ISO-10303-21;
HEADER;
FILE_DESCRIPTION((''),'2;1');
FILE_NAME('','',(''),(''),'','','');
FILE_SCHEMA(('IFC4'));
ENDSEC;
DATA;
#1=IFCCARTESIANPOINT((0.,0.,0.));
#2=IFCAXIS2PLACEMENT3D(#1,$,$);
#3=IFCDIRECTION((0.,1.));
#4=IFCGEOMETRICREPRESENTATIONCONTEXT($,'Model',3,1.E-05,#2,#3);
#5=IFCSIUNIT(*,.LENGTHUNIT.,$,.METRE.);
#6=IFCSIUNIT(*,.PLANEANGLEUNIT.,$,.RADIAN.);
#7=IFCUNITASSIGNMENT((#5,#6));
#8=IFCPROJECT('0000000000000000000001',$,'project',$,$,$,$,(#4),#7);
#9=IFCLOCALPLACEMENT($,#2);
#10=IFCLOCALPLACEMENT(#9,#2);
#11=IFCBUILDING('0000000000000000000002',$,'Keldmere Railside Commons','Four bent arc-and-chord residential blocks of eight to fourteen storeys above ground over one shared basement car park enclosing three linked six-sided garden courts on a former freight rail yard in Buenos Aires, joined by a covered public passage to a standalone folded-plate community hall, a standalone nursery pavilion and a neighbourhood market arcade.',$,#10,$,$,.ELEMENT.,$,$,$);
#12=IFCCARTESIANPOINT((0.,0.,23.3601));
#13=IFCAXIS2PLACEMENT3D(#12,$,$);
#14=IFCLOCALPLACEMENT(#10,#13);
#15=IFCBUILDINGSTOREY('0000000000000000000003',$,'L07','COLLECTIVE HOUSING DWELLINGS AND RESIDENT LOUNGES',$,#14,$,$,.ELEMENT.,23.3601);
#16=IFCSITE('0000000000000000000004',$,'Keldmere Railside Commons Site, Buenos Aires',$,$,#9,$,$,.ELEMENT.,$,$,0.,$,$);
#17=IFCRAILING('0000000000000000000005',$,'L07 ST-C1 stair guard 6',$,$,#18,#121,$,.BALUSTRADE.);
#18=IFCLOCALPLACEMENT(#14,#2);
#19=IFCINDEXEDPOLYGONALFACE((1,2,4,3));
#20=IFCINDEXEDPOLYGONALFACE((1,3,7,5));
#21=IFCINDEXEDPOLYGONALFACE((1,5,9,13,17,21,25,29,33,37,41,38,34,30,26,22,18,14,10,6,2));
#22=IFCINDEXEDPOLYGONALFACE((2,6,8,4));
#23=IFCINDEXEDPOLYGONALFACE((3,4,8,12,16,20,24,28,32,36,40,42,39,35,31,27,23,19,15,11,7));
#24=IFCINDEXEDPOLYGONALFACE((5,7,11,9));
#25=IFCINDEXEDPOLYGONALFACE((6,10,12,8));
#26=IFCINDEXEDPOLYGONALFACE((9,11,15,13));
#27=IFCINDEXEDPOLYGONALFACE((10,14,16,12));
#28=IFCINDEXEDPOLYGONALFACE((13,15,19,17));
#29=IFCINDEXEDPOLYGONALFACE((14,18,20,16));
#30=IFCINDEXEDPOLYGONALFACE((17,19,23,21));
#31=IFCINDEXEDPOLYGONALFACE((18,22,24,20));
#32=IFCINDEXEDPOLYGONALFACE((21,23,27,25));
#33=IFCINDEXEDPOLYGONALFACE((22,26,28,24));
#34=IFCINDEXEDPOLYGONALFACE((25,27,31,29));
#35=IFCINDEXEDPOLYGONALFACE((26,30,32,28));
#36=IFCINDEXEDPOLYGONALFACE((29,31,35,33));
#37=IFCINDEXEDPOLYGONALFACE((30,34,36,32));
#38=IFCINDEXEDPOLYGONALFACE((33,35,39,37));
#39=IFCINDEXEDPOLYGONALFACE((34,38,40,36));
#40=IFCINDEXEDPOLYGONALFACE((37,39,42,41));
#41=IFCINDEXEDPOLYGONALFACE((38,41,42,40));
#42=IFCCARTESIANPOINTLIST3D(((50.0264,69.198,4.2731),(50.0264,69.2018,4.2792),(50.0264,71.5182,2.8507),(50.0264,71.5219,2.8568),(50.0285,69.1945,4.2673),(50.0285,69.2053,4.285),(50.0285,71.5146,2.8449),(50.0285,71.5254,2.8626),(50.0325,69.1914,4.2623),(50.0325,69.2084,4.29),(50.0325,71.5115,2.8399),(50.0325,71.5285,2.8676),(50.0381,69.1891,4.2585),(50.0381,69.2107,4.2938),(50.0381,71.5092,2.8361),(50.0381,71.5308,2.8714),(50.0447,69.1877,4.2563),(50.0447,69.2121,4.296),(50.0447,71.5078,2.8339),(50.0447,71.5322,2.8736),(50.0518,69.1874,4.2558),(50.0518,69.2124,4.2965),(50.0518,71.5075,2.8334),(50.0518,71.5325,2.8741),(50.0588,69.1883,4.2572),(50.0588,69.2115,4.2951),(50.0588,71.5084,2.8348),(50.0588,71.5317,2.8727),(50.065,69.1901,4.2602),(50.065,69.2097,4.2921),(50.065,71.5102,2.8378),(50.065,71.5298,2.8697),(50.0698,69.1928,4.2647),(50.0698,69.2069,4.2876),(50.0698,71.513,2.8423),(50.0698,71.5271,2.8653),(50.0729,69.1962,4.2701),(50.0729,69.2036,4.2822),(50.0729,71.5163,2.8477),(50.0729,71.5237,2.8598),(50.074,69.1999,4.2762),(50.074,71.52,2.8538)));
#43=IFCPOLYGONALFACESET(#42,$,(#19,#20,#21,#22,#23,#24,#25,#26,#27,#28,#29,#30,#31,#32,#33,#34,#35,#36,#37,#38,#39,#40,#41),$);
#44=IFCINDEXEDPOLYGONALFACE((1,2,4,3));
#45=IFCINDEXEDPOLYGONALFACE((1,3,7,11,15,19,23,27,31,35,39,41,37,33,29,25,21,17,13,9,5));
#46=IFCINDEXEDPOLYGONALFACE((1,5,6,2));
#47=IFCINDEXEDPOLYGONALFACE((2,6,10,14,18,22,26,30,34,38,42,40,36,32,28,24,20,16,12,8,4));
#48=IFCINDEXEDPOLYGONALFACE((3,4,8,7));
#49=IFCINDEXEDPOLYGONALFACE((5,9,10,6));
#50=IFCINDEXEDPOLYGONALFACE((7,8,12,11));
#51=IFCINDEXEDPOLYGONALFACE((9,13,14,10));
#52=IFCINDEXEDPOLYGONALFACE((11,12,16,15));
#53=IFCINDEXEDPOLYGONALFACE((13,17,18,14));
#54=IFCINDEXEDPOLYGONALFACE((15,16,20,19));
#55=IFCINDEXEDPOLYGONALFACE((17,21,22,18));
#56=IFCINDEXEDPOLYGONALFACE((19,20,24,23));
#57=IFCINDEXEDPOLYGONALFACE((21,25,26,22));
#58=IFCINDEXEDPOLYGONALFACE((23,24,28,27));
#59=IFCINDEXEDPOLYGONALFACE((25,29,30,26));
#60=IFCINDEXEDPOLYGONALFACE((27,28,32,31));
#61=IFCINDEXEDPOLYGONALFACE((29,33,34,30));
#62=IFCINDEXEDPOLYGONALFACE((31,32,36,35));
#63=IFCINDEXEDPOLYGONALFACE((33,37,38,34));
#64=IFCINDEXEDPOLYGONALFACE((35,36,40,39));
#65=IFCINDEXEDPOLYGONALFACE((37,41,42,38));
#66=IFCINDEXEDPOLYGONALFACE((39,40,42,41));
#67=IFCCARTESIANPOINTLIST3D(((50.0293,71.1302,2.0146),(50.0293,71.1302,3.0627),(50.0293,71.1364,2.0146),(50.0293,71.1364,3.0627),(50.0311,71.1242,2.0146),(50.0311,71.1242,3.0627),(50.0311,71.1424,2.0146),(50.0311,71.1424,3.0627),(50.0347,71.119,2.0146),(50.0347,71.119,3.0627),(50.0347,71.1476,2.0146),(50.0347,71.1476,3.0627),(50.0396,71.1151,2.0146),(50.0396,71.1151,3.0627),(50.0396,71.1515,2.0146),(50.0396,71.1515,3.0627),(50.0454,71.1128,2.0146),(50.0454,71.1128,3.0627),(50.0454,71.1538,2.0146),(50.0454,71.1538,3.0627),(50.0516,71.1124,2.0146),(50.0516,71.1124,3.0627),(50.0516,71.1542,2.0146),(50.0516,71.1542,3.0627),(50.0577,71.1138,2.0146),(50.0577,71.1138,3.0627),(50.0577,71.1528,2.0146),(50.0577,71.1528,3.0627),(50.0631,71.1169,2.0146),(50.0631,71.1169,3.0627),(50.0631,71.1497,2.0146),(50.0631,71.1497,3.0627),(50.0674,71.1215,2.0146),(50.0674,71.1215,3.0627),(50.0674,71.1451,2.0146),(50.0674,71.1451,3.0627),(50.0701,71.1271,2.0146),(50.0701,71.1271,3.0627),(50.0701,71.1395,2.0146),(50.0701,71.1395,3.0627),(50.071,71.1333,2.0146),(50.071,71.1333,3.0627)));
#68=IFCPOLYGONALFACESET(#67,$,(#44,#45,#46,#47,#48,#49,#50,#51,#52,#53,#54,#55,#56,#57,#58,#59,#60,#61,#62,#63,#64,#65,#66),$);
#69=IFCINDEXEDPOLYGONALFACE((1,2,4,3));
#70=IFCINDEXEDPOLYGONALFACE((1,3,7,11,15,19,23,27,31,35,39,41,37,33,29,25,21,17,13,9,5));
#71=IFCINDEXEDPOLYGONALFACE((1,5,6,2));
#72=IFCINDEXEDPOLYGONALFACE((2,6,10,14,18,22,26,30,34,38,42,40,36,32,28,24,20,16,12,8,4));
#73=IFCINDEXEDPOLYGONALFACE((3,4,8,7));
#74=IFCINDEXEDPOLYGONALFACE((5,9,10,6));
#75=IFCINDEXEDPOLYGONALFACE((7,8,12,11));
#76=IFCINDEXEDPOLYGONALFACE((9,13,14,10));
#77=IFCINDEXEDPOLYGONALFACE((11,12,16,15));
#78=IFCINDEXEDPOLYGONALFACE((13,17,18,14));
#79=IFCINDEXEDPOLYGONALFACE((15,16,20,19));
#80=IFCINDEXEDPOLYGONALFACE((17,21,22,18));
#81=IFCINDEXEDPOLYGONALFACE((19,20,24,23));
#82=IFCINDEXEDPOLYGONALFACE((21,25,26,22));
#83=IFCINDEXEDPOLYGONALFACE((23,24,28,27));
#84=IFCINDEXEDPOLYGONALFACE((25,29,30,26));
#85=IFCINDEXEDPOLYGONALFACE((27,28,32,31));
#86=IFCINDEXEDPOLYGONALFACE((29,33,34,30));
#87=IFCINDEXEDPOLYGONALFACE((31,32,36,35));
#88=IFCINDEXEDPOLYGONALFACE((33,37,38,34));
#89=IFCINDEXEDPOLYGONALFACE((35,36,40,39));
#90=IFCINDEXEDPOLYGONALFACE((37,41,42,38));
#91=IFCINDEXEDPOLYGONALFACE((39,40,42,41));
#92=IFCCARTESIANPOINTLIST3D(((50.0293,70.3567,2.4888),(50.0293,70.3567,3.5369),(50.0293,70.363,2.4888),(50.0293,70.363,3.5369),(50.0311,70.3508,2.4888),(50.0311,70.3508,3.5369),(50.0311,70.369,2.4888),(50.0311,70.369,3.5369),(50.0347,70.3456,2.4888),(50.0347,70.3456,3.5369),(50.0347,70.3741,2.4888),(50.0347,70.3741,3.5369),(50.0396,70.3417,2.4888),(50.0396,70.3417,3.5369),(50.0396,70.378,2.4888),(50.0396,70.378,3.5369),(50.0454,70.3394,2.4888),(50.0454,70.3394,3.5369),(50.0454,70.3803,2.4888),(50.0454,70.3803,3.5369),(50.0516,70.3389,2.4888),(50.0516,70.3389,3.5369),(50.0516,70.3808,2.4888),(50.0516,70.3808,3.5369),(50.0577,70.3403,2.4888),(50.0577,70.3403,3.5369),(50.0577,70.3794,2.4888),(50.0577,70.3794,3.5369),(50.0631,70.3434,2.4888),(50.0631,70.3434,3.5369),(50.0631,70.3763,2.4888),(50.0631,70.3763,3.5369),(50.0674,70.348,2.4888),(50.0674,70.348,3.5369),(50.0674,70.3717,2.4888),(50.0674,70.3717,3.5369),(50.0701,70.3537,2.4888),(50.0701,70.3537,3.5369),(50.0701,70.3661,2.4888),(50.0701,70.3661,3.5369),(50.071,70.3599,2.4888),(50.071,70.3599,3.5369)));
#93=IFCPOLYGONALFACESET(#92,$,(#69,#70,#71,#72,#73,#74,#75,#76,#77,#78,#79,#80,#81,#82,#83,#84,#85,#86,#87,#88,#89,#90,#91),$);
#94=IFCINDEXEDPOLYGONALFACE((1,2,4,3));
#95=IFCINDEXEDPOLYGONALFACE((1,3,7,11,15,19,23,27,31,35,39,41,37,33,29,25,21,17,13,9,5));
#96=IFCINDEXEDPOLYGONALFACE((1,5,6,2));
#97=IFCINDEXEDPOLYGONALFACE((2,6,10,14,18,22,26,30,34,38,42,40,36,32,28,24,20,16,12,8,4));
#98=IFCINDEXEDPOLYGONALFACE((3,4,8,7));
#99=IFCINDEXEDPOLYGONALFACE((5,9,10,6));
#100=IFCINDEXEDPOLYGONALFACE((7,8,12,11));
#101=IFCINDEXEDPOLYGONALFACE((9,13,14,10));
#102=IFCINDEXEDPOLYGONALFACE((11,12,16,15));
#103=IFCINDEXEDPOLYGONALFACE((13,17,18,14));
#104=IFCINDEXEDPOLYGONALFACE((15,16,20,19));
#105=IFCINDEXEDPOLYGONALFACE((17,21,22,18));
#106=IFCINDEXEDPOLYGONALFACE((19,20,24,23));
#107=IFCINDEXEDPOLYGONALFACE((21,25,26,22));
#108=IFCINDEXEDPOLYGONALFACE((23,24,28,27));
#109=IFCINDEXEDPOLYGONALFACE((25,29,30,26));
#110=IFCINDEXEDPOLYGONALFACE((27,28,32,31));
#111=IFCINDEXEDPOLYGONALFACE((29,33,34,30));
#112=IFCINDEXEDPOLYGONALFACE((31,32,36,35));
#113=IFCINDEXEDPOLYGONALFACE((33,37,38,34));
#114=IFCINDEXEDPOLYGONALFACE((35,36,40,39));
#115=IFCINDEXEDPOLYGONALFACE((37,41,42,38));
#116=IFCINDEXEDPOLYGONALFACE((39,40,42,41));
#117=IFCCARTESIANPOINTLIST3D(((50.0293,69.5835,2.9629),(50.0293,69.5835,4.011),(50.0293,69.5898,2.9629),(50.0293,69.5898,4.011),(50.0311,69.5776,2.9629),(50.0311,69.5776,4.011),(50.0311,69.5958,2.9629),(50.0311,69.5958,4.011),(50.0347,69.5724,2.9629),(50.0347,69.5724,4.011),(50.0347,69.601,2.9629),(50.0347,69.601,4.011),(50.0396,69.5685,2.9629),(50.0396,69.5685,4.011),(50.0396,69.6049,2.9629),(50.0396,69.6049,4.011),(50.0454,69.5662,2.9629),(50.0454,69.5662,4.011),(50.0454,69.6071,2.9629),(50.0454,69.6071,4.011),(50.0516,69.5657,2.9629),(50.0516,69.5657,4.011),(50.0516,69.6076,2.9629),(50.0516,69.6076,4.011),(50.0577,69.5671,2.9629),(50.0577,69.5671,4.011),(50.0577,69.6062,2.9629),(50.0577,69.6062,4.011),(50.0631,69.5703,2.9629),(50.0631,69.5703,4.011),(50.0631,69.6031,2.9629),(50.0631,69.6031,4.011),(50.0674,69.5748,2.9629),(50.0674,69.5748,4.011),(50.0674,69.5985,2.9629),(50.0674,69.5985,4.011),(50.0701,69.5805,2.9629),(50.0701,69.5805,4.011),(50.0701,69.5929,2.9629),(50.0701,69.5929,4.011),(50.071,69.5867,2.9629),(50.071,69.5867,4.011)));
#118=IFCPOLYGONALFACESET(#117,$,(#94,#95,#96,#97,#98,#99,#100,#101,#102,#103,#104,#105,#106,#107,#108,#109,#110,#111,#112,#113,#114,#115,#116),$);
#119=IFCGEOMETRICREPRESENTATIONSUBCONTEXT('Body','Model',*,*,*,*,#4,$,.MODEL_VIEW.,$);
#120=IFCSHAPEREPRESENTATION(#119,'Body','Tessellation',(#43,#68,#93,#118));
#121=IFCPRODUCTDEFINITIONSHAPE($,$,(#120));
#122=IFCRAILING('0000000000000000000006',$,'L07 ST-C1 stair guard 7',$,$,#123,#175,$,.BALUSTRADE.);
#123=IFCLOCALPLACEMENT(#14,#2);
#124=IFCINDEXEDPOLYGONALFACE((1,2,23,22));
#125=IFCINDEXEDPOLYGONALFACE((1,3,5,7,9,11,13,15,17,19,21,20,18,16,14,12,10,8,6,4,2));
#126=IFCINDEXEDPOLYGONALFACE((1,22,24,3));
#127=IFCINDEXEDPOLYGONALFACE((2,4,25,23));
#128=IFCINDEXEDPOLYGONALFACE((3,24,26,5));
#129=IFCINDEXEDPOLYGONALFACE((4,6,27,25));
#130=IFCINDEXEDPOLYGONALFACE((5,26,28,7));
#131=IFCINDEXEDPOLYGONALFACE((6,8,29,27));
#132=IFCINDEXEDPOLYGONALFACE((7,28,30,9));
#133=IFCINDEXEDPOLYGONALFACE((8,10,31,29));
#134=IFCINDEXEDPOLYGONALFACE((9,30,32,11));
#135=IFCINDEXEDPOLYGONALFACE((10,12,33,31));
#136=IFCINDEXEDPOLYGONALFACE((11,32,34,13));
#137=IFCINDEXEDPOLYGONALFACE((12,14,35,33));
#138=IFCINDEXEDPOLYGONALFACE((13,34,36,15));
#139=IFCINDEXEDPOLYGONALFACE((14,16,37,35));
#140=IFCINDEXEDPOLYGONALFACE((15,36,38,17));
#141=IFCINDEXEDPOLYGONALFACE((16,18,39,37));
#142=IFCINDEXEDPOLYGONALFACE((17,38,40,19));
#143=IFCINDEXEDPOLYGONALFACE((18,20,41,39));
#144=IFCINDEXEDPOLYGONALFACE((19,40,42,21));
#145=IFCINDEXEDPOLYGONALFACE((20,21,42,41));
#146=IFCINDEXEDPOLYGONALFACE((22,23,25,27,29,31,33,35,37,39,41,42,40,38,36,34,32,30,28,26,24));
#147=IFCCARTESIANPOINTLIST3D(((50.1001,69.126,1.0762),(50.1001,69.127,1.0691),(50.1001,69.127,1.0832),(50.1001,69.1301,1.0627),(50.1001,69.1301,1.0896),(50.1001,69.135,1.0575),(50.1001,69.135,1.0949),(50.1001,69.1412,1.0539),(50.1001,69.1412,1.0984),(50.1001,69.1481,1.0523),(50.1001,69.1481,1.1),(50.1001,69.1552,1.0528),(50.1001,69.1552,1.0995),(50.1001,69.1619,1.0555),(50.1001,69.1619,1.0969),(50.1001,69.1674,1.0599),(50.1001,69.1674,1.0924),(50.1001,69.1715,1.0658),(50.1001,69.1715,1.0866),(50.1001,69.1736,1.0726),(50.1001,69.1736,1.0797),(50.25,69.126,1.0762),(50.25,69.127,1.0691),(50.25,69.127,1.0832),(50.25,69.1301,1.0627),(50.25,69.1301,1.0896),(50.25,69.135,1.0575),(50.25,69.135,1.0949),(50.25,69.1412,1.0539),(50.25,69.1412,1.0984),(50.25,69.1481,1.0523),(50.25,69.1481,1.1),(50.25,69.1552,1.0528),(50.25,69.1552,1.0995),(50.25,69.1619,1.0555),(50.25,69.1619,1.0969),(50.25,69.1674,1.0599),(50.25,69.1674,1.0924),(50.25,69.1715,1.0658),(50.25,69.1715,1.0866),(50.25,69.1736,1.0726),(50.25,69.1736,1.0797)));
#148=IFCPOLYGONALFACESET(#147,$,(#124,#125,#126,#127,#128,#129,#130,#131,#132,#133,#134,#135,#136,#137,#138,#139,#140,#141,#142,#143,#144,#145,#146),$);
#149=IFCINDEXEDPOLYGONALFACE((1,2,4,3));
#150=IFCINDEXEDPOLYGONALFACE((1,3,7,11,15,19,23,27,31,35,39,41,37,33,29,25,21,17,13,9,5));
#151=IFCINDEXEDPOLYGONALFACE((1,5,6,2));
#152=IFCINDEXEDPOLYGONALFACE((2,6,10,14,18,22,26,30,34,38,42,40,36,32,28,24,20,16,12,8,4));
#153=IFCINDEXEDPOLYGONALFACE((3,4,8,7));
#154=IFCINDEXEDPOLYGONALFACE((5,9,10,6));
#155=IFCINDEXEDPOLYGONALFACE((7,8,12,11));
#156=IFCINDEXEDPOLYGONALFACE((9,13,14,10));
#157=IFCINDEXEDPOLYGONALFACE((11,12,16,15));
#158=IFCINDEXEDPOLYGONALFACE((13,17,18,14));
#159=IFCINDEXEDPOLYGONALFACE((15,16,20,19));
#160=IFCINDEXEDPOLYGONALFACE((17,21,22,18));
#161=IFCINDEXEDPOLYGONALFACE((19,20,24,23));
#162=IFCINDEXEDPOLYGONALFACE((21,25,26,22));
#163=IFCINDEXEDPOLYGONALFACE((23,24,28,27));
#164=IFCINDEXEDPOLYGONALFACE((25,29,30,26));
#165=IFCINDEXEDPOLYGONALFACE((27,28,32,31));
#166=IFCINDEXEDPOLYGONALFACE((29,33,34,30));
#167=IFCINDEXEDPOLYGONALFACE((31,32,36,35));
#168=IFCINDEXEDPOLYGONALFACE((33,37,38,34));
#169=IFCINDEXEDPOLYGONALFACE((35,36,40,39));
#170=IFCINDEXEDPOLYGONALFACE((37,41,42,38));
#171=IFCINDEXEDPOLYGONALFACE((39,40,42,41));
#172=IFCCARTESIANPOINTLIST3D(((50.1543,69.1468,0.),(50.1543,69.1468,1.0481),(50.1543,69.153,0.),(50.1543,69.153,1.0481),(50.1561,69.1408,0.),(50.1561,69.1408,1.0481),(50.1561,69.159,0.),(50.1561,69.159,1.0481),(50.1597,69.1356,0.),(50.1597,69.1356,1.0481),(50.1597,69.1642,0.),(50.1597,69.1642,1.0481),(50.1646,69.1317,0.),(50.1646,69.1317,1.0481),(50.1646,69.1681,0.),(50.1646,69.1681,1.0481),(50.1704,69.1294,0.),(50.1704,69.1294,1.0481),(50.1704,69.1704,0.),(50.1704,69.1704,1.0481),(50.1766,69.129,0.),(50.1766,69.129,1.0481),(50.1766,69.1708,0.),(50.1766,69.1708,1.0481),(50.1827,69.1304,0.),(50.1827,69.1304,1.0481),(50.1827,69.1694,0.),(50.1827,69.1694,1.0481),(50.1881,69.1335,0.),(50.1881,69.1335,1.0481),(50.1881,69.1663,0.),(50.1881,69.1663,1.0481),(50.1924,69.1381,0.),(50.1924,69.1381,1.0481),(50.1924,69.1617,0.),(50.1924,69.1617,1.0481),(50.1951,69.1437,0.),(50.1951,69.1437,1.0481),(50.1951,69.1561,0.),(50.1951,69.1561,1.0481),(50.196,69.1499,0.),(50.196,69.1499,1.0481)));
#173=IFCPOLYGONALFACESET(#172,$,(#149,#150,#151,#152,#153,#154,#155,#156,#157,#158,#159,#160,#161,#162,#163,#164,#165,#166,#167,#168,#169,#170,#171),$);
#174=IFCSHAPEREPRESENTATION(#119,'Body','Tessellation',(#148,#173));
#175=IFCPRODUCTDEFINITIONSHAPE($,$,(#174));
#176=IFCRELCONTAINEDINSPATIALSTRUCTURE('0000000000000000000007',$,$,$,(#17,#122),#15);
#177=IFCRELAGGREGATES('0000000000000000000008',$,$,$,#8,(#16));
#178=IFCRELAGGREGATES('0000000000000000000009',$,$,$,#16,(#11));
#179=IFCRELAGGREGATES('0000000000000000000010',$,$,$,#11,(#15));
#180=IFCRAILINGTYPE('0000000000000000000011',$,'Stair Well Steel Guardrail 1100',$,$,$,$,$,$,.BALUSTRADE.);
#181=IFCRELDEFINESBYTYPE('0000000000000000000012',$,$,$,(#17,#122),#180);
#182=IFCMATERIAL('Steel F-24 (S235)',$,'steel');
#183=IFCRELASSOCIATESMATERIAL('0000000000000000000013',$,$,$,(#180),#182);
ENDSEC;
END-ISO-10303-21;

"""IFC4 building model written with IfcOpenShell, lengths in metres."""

from ifc_helpers import new_model, si_unit, direction, frame, origin, origin_2d, place, context, subcontext, project, spatial, circle, extrude, material, type_object, element, save


model = new_model("IFC4")

# Units and contexts
model_context = context("Model", 3, precision=1e-05, world=origin(), true_north=direction((0.0, 1.0)))
body_context = subcontext(model_context, "Body", "Model", "MODEL_VIEW")
ifc_project = project(units=[si_unit("LENGTHUNIT", "METRE"), si_unit("PLANEANGLEUNIT", "RADIAN")], contexts=[model_context])

# Site, building, storey
site_placement = place(None, origin())
site = spatial("IfcSite", under=ifc_project, at=site_placement, Name="Keldmere Railside Commons Site, Buenos Aires", CompositionType="ELEMENT", RefElevation=0.0)
building_placement = place(site_placement, origin())
building = spatial("IfcBuilding", under=site, at=building_placement, Name="Keldmere Railside Commons", Description="Four bent arc-and-chord residential blocks of eight to fourteen storeys above ground over one shared basement car park enclosing three linked six-sided garden courts on a former freight rail yard in Buenos Aires, joined by a covered public passage to a standalone folded-plate community hall, a standalone nursery pavilion and a neighbourhood market arcade.", CompositionType="ELEMENT")
storey_placement = place(building_placement, frame((0.0, 0.0, 23.3601)))
storey = spatial("IfcBuildingStorey", under=building, at=storey_placement, Name="L07", Description="COLLECTIVE HOUSING DWELLINGS AND RESIDENT LOUNGES", CompositionType="ELEMENT", Elevation=23.3601)

# Shared definitions
ifc_material_1 = material(Name="Steel F-24 (S235)", Category="steel")

# Railings
railing_type_1 = type_object("IfcRailingType", Name="Stair Well Steel Guardrail 1100", PredefinedType="BALUSTRADE", material=ifc_material_1)
railing_1_placement = place(storey_placement, frame((50.05, 71.52, 1.7776)))
element("IfcRailing", 1, at=railing_1_placement, inside=storey, type_object=railing_type_1, Name="L07 ST-C1 stair guard 6", PredefinedType="BALUSTRADE", context=body_context, shape_type="SweptSolid", body=[
    extrude(circle(Radius=0.0239, at=origin_2d()), frame((0.0, 0.0, 1.0762), z_axis=(0.0, -0.852538, 0.522665), x_axis=(1.0, 0.0, 0.0)), (0.0, 0.0, 1.0), 2.7214),
    extrude(circle(Radius=0.021, at=origin_2d()), frame((0.0, -0.3867, 0.2371)), (0.0, 0.0, 1.0), 1.0481),
    extrude(circle(Radius=0.021, at=origin_2d()), frame((0.0, -1.1602, 0.7112)), (0.0, 0.0, 1.0), 1.0481),
    extrude(circle(Radius=0.021, at=origin_2d()), frame((0.0, -1.9333, 1.1853)), (0.0, 0.0, 1.0), 1.0481),
])
railing_2_placement = place(storey_placement, frame((50.25, 69.1499, 0.0)))
element("IfcRailing", 2, at=railing_2_placement, inside=storey, type_object=railing_type_1, Name="L07 ST-C1 stair guard 7", PredefinedType="BALUSTRADE", context=body_context, shape_type="SweptSolid", body=[
    extrude(circle(Radius=0.0239, at=origin_2d()), frame((0.0, 0.0, 1.0762), z_axis=(-1.0, 0.0, 0.0), x_axis=(0.0, -1.0, 0.0)), (0.0, 0.0, 1.0), 0.1499),
    extrude(circle(Radius=0.021, at=origin_2d()), frame((-0.075, 0.0, 0.0)), (0.0, 0.0, 1.0), 1.0481),
])

save(model, "model.ifc")
